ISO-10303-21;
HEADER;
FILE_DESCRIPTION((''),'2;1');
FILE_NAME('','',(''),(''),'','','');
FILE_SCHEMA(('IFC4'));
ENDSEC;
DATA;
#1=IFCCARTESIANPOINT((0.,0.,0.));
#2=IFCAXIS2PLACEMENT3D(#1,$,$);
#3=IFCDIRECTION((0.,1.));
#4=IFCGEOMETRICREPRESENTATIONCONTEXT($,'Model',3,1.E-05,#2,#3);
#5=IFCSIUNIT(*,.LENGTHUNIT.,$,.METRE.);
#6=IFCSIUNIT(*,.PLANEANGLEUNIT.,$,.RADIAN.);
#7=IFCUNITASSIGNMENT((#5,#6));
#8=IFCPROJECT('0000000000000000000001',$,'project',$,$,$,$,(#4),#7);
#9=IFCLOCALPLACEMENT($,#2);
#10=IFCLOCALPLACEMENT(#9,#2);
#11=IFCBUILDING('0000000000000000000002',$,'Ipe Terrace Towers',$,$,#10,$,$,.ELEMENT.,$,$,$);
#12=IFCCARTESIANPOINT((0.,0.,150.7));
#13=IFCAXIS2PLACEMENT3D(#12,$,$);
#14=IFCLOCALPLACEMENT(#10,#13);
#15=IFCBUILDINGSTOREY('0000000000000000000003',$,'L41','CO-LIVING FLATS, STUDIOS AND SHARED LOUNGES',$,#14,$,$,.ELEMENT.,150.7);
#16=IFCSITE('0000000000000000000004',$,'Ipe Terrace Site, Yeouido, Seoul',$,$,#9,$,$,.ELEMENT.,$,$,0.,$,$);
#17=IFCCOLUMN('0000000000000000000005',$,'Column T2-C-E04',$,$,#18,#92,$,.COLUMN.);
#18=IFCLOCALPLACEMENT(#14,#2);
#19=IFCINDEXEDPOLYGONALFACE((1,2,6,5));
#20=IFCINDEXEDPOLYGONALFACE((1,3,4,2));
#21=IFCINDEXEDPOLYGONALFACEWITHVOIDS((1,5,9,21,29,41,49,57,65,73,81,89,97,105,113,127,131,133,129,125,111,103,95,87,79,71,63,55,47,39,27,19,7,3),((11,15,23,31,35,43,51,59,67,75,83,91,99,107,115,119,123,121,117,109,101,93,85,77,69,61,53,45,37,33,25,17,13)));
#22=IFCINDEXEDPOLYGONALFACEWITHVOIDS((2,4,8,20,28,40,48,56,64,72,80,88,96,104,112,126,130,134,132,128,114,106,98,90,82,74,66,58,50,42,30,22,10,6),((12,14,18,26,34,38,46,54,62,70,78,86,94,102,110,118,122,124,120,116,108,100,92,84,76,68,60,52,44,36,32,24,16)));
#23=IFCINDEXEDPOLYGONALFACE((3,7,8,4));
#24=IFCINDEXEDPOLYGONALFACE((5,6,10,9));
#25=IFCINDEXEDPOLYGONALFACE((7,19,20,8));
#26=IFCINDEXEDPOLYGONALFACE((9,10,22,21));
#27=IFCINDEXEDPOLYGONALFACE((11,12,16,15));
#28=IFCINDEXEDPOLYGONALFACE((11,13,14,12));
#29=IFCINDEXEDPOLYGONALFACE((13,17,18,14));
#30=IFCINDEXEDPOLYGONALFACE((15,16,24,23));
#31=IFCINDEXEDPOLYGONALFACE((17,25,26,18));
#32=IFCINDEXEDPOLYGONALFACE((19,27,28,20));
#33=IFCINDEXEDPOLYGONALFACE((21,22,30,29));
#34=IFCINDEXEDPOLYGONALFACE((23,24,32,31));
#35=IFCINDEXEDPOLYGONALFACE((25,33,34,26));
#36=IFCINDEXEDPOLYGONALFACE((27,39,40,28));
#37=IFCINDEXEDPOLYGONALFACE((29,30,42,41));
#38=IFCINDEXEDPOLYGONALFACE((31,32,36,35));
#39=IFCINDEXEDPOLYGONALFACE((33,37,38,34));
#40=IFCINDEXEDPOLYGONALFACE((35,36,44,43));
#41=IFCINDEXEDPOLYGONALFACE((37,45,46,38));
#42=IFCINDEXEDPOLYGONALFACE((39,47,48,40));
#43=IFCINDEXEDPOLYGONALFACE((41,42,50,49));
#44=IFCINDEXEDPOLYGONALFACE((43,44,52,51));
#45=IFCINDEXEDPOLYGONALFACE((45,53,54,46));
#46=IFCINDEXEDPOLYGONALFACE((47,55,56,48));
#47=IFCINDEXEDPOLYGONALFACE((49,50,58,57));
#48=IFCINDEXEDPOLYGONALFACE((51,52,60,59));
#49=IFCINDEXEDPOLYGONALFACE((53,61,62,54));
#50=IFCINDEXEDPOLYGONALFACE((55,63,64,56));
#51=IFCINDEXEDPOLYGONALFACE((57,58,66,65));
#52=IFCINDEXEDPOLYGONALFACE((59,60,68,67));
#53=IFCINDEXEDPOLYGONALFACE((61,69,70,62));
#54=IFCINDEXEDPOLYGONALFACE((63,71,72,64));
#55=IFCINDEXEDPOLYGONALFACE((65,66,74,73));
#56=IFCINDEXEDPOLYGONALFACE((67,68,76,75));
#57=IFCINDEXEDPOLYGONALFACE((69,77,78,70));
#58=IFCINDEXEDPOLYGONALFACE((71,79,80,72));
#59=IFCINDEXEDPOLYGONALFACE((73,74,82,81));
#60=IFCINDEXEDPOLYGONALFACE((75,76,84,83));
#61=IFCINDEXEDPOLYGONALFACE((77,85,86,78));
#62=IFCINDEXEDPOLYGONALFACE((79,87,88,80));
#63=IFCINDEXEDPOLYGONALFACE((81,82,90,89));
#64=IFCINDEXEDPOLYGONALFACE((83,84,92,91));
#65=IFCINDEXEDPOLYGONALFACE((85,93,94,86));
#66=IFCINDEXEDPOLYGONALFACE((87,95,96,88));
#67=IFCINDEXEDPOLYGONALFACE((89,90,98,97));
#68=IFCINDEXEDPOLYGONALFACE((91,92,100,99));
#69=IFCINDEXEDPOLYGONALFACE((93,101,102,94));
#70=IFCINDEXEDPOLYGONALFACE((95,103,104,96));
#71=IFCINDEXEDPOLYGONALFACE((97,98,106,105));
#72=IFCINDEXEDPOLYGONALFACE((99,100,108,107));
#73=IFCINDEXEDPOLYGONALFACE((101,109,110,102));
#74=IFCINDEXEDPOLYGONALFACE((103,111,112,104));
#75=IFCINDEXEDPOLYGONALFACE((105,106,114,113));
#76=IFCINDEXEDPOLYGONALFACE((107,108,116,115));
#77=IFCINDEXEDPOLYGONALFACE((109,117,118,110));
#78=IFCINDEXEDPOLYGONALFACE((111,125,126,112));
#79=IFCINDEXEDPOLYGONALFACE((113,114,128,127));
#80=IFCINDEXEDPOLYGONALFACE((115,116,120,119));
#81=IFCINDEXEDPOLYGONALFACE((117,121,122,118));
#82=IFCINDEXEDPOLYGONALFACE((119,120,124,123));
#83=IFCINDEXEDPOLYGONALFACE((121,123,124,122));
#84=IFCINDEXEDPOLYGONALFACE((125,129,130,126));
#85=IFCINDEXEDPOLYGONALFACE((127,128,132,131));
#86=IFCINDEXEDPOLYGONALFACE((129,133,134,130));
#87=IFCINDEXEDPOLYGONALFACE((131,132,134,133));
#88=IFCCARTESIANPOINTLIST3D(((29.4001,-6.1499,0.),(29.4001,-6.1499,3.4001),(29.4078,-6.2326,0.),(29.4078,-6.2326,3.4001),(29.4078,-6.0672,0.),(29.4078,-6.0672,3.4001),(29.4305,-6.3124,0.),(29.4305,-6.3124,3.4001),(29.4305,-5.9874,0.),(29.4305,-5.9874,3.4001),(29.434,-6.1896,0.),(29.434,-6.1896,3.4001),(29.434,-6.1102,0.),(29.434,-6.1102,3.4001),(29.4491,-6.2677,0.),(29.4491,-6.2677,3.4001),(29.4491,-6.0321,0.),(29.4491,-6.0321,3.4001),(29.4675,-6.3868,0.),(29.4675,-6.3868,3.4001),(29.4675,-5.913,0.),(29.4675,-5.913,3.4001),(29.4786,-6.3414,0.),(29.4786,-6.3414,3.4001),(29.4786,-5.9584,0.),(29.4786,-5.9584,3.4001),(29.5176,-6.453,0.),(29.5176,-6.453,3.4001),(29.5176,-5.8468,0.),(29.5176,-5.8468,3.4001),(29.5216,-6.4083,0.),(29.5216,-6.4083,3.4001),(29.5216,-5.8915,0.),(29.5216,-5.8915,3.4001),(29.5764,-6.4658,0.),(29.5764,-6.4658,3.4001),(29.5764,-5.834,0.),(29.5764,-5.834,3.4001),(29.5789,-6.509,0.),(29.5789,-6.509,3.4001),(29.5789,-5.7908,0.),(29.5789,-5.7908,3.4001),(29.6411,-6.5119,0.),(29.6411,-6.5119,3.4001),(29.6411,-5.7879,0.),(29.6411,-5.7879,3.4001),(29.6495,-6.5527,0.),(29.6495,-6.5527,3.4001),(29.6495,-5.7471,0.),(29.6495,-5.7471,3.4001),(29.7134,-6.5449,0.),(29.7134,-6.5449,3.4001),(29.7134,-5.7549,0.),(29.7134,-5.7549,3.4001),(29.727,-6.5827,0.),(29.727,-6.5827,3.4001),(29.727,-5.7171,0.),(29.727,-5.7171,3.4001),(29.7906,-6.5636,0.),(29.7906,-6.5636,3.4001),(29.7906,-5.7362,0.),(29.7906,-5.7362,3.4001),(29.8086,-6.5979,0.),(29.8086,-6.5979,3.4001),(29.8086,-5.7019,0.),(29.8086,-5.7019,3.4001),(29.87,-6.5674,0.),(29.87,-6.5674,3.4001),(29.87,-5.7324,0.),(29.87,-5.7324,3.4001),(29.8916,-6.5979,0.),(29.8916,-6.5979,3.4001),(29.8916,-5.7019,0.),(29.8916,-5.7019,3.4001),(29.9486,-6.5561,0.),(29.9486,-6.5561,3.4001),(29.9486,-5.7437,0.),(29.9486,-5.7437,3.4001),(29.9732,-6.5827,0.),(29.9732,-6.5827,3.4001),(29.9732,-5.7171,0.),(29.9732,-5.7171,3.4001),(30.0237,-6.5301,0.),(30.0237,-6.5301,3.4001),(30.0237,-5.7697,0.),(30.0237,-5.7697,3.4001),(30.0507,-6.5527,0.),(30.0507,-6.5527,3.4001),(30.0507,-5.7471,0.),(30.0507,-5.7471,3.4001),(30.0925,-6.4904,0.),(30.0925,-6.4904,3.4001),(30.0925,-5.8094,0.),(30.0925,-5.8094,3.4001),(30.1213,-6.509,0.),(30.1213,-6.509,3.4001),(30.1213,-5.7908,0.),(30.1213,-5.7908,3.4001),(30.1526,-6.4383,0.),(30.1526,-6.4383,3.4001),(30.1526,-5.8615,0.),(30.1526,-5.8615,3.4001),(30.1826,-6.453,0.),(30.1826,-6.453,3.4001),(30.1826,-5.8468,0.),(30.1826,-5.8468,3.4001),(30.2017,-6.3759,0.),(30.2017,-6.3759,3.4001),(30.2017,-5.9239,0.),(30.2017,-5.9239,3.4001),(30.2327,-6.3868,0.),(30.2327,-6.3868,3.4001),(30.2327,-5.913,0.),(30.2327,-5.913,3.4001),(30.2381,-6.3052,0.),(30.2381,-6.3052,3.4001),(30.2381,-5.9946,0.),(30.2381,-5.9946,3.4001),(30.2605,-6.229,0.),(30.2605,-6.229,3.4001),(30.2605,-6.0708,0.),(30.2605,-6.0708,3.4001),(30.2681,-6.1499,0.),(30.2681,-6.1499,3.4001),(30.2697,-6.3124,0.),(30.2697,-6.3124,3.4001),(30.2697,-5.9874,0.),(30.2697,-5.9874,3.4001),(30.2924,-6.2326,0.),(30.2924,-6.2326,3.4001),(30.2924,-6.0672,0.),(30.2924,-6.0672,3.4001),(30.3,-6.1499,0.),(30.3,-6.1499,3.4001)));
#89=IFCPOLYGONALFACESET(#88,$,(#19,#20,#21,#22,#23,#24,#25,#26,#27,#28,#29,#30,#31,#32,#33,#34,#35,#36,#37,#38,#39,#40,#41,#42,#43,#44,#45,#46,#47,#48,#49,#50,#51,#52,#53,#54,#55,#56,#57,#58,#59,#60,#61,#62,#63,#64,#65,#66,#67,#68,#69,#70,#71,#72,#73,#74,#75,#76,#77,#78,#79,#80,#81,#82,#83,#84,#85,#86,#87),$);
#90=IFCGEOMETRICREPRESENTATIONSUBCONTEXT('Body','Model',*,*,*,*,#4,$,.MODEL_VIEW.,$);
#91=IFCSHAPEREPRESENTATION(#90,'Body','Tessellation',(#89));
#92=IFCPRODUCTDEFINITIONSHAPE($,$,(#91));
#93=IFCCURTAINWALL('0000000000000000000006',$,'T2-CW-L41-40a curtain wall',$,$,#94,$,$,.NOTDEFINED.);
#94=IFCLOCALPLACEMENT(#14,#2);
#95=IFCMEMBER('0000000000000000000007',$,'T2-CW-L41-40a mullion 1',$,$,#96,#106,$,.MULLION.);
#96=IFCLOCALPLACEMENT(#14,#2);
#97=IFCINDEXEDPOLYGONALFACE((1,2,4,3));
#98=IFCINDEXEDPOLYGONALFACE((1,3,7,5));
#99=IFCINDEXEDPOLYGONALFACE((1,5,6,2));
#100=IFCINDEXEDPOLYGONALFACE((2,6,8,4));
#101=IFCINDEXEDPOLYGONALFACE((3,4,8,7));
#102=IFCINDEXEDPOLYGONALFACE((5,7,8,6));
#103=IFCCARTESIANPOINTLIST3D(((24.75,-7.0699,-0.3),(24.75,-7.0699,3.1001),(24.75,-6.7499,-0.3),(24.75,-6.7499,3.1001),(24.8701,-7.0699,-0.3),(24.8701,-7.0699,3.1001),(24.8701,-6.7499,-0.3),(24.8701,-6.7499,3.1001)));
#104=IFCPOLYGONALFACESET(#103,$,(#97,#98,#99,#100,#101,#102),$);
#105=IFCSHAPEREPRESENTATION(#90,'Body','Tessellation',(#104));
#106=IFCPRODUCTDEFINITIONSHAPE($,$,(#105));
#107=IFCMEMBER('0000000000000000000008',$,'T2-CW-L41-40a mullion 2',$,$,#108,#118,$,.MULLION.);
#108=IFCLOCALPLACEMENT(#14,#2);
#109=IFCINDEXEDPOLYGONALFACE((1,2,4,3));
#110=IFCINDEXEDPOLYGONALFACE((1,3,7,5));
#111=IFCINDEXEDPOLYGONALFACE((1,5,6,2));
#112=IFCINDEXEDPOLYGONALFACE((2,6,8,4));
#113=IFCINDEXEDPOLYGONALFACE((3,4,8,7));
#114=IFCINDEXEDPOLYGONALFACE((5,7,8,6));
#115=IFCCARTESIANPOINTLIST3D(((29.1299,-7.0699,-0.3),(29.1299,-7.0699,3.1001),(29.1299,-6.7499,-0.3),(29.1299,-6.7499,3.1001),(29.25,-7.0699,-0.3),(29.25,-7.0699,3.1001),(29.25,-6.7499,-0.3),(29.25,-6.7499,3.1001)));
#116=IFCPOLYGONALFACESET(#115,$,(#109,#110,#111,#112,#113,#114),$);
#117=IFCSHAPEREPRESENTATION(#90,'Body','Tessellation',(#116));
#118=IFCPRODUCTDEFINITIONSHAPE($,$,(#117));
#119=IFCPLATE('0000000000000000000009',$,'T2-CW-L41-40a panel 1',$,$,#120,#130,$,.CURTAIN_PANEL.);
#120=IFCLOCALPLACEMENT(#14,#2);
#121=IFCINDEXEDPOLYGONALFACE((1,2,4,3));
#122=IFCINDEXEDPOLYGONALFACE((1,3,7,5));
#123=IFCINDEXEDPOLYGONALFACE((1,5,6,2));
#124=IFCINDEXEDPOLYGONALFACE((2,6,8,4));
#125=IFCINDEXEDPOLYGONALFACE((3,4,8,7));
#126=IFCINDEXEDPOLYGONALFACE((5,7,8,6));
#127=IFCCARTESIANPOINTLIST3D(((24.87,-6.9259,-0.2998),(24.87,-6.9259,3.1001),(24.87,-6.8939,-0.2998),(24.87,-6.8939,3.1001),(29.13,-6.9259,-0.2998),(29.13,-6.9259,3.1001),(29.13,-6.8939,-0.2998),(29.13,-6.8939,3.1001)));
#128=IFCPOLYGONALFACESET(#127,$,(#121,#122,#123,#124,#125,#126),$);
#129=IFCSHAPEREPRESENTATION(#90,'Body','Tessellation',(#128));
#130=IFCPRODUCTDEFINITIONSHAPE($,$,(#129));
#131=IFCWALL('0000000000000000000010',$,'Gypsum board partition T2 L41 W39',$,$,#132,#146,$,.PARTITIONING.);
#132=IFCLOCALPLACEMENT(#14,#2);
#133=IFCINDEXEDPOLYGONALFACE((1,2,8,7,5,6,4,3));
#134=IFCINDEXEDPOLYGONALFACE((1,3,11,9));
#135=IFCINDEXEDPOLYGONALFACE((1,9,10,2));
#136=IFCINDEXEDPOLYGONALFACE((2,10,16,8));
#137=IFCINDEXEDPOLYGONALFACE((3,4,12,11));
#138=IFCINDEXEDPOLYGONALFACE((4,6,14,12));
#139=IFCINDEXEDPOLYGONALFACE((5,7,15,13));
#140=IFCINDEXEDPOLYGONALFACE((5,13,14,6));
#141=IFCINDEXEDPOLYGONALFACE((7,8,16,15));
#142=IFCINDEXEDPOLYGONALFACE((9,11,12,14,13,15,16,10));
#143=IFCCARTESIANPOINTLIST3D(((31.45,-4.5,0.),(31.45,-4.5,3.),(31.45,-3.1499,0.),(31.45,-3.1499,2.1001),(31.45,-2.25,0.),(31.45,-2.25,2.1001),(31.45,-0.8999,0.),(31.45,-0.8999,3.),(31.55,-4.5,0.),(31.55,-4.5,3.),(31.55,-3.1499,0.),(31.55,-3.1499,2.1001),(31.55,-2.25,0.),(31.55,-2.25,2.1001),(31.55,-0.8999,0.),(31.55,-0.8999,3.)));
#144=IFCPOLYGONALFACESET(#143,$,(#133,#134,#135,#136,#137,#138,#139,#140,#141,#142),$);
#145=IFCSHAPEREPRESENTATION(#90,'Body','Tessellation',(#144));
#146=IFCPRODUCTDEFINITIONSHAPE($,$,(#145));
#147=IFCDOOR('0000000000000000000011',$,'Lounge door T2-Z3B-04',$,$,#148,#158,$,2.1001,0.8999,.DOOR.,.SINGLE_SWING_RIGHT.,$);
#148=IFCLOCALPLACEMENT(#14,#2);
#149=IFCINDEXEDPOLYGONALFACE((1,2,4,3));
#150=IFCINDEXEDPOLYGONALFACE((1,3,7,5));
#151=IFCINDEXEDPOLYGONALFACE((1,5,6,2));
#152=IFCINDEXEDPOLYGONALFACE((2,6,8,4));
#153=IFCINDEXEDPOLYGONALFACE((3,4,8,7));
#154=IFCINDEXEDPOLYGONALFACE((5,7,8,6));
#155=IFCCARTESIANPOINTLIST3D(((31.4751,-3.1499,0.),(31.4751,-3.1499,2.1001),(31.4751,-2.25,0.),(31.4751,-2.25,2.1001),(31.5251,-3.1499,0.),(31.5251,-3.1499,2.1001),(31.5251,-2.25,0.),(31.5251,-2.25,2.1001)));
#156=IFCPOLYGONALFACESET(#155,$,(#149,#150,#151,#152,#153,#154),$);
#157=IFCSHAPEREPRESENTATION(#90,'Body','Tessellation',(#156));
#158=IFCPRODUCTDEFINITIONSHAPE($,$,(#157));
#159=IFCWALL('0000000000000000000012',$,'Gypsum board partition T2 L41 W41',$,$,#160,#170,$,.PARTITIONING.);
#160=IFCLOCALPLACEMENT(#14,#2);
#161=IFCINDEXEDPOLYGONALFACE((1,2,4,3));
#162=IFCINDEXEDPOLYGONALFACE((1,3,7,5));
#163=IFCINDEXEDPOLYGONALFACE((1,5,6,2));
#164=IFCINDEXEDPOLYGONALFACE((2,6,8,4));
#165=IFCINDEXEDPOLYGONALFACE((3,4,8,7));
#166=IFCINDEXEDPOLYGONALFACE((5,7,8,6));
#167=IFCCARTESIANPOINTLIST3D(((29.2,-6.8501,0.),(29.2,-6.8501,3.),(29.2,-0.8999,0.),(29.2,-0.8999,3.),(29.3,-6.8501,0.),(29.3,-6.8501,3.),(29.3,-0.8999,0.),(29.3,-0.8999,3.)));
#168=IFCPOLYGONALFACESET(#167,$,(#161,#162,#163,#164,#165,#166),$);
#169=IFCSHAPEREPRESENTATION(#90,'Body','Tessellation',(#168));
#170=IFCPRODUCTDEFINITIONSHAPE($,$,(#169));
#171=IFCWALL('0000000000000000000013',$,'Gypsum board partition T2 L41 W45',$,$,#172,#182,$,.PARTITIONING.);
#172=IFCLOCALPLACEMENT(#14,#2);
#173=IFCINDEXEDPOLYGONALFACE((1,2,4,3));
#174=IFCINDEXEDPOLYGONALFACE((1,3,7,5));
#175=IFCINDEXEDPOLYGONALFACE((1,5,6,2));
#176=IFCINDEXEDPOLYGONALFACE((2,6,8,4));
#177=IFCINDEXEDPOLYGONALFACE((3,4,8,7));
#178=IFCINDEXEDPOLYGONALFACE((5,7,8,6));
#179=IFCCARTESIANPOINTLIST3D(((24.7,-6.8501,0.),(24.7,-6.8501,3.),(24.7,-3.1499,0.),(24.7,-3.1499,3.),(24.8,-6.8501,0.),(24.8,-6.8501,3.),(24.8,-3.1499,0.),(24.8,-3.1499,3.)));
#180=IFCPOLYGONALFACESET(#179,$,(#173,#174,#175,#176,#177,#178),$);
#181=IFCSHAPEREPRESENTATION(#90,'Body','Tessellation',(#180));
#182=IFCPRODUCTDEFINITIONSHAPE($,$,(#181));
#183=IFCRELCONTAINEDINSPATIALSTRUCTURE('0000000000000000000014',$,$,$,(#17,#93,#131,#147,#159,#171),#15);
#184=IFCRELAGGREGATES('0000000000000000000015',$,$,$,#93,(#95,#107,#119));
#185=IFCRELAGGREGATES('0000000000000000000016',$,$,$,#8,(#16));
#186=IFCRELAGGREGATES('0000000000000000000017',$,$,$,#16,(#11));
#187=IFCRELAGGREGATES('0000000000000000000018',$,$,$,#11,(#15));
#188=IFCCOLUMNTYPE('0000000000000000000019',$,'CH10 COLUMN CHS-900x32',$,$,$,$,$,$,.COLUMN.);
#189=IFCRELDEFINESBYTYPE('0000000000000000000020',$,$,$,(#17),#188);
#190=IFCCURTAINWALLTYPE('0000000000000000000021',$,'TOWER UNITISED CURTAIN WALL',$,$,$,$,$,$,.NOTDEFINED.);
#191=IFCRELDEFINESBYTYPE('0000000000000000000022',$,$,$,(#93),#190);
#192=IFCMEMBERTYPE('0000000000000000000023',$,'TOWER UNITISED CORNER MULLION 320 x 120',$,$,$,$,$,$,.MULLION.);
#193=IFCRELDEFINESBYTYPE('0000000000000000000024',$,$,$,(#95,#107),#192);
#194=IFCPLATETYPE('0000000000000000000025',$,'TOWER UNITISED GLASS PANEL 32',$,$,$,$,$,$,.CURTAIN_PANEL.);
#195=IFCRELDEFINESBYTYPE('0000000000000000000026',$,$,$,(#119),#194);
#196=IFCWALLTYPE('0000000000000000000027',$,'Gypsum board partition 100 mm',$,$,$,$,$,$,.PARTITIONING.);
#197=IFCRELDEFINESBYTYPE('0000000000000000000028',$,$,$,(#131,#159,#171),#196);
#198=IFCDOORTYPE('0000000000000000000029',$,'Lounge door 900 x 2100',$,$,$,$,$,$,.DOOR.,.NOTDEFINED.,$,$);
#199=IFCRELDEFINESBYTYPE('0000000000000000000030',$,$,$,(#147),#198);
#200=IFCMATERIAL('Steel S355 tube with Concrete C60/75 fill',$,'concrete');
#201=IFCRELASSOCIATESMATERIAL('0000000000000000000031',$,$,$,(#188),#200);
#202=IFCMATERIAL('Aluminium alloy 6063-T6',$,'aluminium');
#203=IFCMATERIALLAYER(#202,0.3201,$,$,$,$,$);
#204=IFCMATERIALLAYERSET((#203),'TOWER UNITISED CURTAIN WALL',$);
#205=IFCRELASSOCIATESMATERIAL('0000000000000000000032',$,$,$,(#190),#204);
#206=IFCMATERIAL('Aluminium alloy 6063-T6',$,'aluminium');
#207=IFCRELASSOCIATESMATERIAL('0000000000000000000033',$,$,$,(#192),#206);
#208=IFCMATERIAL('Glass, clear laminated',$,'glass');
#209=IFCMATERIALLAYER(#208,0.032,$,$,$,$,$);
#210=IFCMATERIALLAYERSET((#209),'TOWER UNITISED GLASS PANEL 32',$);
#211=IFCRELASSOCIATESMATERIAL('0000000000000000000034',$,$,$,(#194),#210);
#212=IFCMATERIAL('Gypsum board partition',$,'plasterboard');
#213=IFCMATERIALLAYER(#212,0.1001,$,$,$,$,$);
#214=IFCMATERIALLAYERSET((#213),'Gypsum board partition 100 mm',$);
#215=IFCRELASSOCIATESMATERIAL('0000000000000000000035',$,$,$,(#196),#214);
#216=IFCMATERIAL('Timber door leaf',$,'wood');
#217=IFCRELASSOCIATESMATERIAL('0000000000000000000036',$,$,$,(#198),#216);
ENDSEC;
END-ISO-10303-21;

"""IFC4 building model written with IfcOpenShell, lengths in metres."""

from ifc_helpers import new_model, si_unit, direction, frame, frame_2d, origin, origin_2d, place, context, subcontext, project, spatial, rectangle, hollow_circle, extrude, material, layer, layer_set, material_profile, profile_set, type_object, element, fill, aggregate, save


model = new_model("IFC4")

# Units and contexts
model_context = context("Model", 3, precision=1e-05, world=origin(), true_north=direction((0.0, 1.0)))
body_context = subcontext(model_context, "Body", "Model", "MODEL_VIEW")
ifc_project = project(units=[si_unit("LENGTHUNIT", "METRE"), si_unit("PLANEANGLEUNIT", "RADIAN")], contexts=[model_context])

# Site, building, storey
site_placement = place(None, origin())
site = spatial("IfcSite", under=ifc_project, at=site_placement, Name="Ipe Terrace Site, Yeouido, Seoul", CompositionType="ELEMENT", RefElevation=0.0)
building_placement = place(site_placement, origin())
building = spatial("IfcBuilding", under=site, at=building_placement, Name="Ipe Terrace Towers", CompositionType="ELEMENT")
storey_placement = place(building_placement, frame((0.0, 0.0, 150.7)))
storey = spatial("IfcBuildingStorey", under=building, at=storey_placement, Name="L41", Description="CO-LIVING FLATS, STUDIOS AND SHARED LOUNGES", CompositionType="ELEMENT", Elevation=150.7)

# Column
ifc_material_1 = material(Name="Steel S355 tube with Concrete C60/75 fill", Category="concrete")
ifc_material_profile_1 = material_profile(ifc_material_1, hollow_circle(Radius=0.45, WallThickness=0.032, at=origin_2d()), Name="CHS-900x32")
ifc_profile_set_1 = profile_set([ifc_material_profile_1], Name="Steel S355 tube with Concrete C60/75 fill")
column_type = type_object("IfcColumnType", Name="CH10 COLUMN CHS-900x32", PredefinedType="COLUMN", material=ifc_profile_set_1)
column_placement = place(storey_placement, frame((29.8501, -6.1499, 0.0), z_axis=(0.0, 0.0, 1.0), x_axis=(1.0, 0.0, 0.0)))
element("IfcColumn", 1, at=column_placement, inside=storey, type_object=column_type, Name="Column T2-C-E04", PredefinedType="COLUMN", context=body_context, shape_type="SweptSolid", body=[
    extrude(hollow_circle(Radius=0.45, WallThickness=0.032, at=origin_2d()), origin(), (0.0, 0.0, 1.0), 3.4001),
])

# Curtain wall, members, plate
ifc_material_2 = material(Name="Aluminium alloy 6063-T6", Category="aluminium")
ifc_layer_1 = layer(ifc_material_2, 0.3201)
ifc_layer_set_1 = layer_set([ifc_layer_1], Name="TOWER UNITISED CURTAIN WALL")
curtain_wall_type = type_object("IfcCurtainWallType", Name="TOWER UNITISED CURTAIN WALL", PredefinedType="NOTDEFINED", material=ifc_layer_set_1)
curtain_wall_placement = place(storey_placement, origin())
curtain_wall = element("IfcCurtainWall", 2, at=curtain_wall_placement, inside=storey, type_object=curtain_wall_type, Name="T2-CW-L41-40a curtain wall", PredefinedType="NOTDEFINED")
ifc_material_3 = material(Name="Aluminium alloy 6063-T6", Category="aluminium")
ifc_material_profile_2 = material_profile(ifc_material_3, rectangle(XDim=0.3201, YDim=0.1201, at=origin_2d()), Name="TOWER UNITISED CORNER MULLION 320 x 120")
ifc_profile_set_2 = profile_set([ifc_material_profile_2], Name="Aluminium alloy 6063-T6")
member_type = type_object("IfcMemberType", Name="TOWER UNITISED CORNER MULLION 320 x 120", PredefinedType="MULLION", material=ifc_profile_set_2)
member_1_placement = place(storey_placement, frame((24.8101, -6.9099, -0.3), z_axis=(0.0, 0.0, 1.0), x_axis=(0.0, -1.0, 0.0)))
member_1 = element("IfcMember", 3, at=member_1_placement, type_object=member_type, Name="T2-CW-L41-40a mullion 1", PredefinedType="MULLION", context=body_context, shape_type="SweptSolid", body=[
    extrude(rectangle(XDim=0.3201, YDim=0.1201, at=origin_2d()), origin(), (0.0, 0.0, 1.0), 3.4001),
])
member_2_placement = place(storey_placement, frame((29.1899, -6.9099, -0.3), z_axis=(0.0, 0.0, 1.0), x_axis=(0.0, -1.0, 0.0)))
member_2 = element("IfcMember", 4, at=member_2_placement, type_object=member_type, Name="T2-CW-L41-40a mullion 2", PredefinedType="MULLION", context=body_context, shape_type="SweptSolid", body=[
    extrude(rectangle(XDim=0.3201, YDim=0.1201, at=origin_2d()), origin(), (0.0, 0.0, 1.0), 3.4001),
])
ifc_material_4 = material(Name="Glass, clear laminated", Category="glass")
ifc_layer_2 = layer(ifc_material_4, 0.032)
ifc_layer_set_2 = layer_set([ifc_layer_2], Name="TOWER UNITISED GLASS PANEL 32")
plate_type = type_object("IfcPlateType", Name="TOWER UNITISED GLASS PANEL 32", PredefinedType="CURTAIN_PANEL", material=ifc_layer_set_2)
plate_placement = place(storey_placement, frame((27.0, -6.9099, -0.2998), z_axis=(0.0, 0.0, 1.0), x_axis=(1.0, 0.0, 0.0)))
plate = element("IfcPlate", 5, at=plate_placement, type_object=plate_type, Name="T2-CW-L41-40a panel 1", PredefinedType="CURTAIN_PANEL", context=body_context, shape_type="SweptSolid", body=[
    extrude(rectangle(XDim=4.26, YDim=0.032, at=origin_2d()), origin(), (0.0, 0.0, 1.0), 3.3999),
])
aggregate(curtain_wall, [member_1, member_2, plate])

# Wall, opening, door
ifc_material_5 = material(Name="Gypsum board partition", Category="plasterboard")
ifc_layer_3 = layer(ifc_material_5, 0.1001)
ifc_layer_set_3 = layer_set([ifc_layer_3], Name="Gypsum board partition 100 mm")
wall_type_1 = type_object("IfcWallType", Name="Gypsum board partition 100 mm", PredefinedType="PARTITIONING", material=ifc_layer_set_3)
wall_1_placement = place(storey_placement, frame((31.5, -4.5, 0.0), z_axis=(0.0, 0.0, 1.0), x_axis=(0.0, 1.0, 0.0)))
wall_1 = element("IfcWall", 6, at=wall_1_placement, inside=storey, type_object=wall_type_1, Name="Gypsum board partition T2 L41 W39", PredefinedType="PARTITIONING", context=body_context, shape_type="SweptSolid", body=[
    extrude(rectangle(XDim=3.6001, YDim=0.1001, at=frame_2d((1.8, 0.0))), origin(), (0.0, 0.0, 1.0), 3.0),
])
opening_1_placement = place(wall_1_placement, frame((1.3501, 0.0, 0.0)))
opening_1 = element("IfcOpeningElement", 7, at=opening_1_placement, cuts=wall_1, PredefinedType="OPENING", context=body_context, shape_type="SweptSolid", body=[
    extrude(rectangle(XDim=0.8999, YDim=2.1001, at=frame_2d((0.45, 1.05))), frame((0.0, 0.0601, 0.0), z_axis=(0.0, -1.0, 0.0), x_axis=(1.0, 0.0, 0.0)), (0.0, 0.0, 1.0), 0.1201),
])
ifc_material_6 = material(Name="Timber door leaf", Category="wood")
door_type_1 = type_object("IfcDoorType", Name="Lounge door 900 x 2100", OperationType="NOTDEFINED", PredefinedType="DOOR", material=ifc_material_6)
door_1_placement = place(opening_1_placement, origin())
door_1 = element("IfcDoor", 8, at=door_1_placement, inside=storey, type_object=door_type_1, Name="Lounge door T2-Z3B-04", OperationType="SINGLE_SWING_RIGHT", OverallHeight=2.1001, OverallWidth=0.8999, PredefinedType="DOOR", context=body_context, shape_type="SweptSolid", body=[
    extrude(rectangle(XDim=0.8999, YDim=2.1001, at=frame_2d((0.45, 1.05))), frame((0.0, 0.0249, 0.0), z_axis=(0.0, -1.0, 0.0), x_axis=(1.0, 0.0, 0.0)), (0.0, 0.0, 1.0), 0.05),
])
fill(opening_1, door_1)

# Walls
wall_2_placement = place(storey_placement, frame((29.25, -6.8501, 0.0), z_axis=(0.0, 0.0, 1.0), x_axis=(0.0, 1.0, 0.0)))
element("IfcWall", 9, at=wall_2_placement, inside=storey, type_object=wall_type_1, Name="Gypsum board partition T2 L41 W41", PredefinedType="PARTITIONING", context=body_context, shape_type="SweptSolid", body=[
    extrude(rectangle(XDim=5.9502, YDim=0.1001, at=frame_2d((2.9751, 0.0))), origin(), (0.0, 0.0, 1.0), 3.0),
])
wall_3_placement = place(storey_placement, frame((24.75, -6.8501, 0.0), z_axis=(0.0, 0.0, 1.0), x_axis=(0.0, 1.0, 0.0)))
element("IfcWall", 10, at=wall_3_placement, inside=storey, type_object=wall_type_1, Name="Gypsum board partition T2 L41 W45", PredefinedType="PARTITIONING", context=body_context, shape_type="SweptSolid", body=[
    extrude(rectangle(XDim=3.7002, YDim=0.1001, at=frame_2d((1.8501, 0.0))), origin(), (0.0, 0.0, 1.0), 3.0),
])

save(model, "model.ifc")
